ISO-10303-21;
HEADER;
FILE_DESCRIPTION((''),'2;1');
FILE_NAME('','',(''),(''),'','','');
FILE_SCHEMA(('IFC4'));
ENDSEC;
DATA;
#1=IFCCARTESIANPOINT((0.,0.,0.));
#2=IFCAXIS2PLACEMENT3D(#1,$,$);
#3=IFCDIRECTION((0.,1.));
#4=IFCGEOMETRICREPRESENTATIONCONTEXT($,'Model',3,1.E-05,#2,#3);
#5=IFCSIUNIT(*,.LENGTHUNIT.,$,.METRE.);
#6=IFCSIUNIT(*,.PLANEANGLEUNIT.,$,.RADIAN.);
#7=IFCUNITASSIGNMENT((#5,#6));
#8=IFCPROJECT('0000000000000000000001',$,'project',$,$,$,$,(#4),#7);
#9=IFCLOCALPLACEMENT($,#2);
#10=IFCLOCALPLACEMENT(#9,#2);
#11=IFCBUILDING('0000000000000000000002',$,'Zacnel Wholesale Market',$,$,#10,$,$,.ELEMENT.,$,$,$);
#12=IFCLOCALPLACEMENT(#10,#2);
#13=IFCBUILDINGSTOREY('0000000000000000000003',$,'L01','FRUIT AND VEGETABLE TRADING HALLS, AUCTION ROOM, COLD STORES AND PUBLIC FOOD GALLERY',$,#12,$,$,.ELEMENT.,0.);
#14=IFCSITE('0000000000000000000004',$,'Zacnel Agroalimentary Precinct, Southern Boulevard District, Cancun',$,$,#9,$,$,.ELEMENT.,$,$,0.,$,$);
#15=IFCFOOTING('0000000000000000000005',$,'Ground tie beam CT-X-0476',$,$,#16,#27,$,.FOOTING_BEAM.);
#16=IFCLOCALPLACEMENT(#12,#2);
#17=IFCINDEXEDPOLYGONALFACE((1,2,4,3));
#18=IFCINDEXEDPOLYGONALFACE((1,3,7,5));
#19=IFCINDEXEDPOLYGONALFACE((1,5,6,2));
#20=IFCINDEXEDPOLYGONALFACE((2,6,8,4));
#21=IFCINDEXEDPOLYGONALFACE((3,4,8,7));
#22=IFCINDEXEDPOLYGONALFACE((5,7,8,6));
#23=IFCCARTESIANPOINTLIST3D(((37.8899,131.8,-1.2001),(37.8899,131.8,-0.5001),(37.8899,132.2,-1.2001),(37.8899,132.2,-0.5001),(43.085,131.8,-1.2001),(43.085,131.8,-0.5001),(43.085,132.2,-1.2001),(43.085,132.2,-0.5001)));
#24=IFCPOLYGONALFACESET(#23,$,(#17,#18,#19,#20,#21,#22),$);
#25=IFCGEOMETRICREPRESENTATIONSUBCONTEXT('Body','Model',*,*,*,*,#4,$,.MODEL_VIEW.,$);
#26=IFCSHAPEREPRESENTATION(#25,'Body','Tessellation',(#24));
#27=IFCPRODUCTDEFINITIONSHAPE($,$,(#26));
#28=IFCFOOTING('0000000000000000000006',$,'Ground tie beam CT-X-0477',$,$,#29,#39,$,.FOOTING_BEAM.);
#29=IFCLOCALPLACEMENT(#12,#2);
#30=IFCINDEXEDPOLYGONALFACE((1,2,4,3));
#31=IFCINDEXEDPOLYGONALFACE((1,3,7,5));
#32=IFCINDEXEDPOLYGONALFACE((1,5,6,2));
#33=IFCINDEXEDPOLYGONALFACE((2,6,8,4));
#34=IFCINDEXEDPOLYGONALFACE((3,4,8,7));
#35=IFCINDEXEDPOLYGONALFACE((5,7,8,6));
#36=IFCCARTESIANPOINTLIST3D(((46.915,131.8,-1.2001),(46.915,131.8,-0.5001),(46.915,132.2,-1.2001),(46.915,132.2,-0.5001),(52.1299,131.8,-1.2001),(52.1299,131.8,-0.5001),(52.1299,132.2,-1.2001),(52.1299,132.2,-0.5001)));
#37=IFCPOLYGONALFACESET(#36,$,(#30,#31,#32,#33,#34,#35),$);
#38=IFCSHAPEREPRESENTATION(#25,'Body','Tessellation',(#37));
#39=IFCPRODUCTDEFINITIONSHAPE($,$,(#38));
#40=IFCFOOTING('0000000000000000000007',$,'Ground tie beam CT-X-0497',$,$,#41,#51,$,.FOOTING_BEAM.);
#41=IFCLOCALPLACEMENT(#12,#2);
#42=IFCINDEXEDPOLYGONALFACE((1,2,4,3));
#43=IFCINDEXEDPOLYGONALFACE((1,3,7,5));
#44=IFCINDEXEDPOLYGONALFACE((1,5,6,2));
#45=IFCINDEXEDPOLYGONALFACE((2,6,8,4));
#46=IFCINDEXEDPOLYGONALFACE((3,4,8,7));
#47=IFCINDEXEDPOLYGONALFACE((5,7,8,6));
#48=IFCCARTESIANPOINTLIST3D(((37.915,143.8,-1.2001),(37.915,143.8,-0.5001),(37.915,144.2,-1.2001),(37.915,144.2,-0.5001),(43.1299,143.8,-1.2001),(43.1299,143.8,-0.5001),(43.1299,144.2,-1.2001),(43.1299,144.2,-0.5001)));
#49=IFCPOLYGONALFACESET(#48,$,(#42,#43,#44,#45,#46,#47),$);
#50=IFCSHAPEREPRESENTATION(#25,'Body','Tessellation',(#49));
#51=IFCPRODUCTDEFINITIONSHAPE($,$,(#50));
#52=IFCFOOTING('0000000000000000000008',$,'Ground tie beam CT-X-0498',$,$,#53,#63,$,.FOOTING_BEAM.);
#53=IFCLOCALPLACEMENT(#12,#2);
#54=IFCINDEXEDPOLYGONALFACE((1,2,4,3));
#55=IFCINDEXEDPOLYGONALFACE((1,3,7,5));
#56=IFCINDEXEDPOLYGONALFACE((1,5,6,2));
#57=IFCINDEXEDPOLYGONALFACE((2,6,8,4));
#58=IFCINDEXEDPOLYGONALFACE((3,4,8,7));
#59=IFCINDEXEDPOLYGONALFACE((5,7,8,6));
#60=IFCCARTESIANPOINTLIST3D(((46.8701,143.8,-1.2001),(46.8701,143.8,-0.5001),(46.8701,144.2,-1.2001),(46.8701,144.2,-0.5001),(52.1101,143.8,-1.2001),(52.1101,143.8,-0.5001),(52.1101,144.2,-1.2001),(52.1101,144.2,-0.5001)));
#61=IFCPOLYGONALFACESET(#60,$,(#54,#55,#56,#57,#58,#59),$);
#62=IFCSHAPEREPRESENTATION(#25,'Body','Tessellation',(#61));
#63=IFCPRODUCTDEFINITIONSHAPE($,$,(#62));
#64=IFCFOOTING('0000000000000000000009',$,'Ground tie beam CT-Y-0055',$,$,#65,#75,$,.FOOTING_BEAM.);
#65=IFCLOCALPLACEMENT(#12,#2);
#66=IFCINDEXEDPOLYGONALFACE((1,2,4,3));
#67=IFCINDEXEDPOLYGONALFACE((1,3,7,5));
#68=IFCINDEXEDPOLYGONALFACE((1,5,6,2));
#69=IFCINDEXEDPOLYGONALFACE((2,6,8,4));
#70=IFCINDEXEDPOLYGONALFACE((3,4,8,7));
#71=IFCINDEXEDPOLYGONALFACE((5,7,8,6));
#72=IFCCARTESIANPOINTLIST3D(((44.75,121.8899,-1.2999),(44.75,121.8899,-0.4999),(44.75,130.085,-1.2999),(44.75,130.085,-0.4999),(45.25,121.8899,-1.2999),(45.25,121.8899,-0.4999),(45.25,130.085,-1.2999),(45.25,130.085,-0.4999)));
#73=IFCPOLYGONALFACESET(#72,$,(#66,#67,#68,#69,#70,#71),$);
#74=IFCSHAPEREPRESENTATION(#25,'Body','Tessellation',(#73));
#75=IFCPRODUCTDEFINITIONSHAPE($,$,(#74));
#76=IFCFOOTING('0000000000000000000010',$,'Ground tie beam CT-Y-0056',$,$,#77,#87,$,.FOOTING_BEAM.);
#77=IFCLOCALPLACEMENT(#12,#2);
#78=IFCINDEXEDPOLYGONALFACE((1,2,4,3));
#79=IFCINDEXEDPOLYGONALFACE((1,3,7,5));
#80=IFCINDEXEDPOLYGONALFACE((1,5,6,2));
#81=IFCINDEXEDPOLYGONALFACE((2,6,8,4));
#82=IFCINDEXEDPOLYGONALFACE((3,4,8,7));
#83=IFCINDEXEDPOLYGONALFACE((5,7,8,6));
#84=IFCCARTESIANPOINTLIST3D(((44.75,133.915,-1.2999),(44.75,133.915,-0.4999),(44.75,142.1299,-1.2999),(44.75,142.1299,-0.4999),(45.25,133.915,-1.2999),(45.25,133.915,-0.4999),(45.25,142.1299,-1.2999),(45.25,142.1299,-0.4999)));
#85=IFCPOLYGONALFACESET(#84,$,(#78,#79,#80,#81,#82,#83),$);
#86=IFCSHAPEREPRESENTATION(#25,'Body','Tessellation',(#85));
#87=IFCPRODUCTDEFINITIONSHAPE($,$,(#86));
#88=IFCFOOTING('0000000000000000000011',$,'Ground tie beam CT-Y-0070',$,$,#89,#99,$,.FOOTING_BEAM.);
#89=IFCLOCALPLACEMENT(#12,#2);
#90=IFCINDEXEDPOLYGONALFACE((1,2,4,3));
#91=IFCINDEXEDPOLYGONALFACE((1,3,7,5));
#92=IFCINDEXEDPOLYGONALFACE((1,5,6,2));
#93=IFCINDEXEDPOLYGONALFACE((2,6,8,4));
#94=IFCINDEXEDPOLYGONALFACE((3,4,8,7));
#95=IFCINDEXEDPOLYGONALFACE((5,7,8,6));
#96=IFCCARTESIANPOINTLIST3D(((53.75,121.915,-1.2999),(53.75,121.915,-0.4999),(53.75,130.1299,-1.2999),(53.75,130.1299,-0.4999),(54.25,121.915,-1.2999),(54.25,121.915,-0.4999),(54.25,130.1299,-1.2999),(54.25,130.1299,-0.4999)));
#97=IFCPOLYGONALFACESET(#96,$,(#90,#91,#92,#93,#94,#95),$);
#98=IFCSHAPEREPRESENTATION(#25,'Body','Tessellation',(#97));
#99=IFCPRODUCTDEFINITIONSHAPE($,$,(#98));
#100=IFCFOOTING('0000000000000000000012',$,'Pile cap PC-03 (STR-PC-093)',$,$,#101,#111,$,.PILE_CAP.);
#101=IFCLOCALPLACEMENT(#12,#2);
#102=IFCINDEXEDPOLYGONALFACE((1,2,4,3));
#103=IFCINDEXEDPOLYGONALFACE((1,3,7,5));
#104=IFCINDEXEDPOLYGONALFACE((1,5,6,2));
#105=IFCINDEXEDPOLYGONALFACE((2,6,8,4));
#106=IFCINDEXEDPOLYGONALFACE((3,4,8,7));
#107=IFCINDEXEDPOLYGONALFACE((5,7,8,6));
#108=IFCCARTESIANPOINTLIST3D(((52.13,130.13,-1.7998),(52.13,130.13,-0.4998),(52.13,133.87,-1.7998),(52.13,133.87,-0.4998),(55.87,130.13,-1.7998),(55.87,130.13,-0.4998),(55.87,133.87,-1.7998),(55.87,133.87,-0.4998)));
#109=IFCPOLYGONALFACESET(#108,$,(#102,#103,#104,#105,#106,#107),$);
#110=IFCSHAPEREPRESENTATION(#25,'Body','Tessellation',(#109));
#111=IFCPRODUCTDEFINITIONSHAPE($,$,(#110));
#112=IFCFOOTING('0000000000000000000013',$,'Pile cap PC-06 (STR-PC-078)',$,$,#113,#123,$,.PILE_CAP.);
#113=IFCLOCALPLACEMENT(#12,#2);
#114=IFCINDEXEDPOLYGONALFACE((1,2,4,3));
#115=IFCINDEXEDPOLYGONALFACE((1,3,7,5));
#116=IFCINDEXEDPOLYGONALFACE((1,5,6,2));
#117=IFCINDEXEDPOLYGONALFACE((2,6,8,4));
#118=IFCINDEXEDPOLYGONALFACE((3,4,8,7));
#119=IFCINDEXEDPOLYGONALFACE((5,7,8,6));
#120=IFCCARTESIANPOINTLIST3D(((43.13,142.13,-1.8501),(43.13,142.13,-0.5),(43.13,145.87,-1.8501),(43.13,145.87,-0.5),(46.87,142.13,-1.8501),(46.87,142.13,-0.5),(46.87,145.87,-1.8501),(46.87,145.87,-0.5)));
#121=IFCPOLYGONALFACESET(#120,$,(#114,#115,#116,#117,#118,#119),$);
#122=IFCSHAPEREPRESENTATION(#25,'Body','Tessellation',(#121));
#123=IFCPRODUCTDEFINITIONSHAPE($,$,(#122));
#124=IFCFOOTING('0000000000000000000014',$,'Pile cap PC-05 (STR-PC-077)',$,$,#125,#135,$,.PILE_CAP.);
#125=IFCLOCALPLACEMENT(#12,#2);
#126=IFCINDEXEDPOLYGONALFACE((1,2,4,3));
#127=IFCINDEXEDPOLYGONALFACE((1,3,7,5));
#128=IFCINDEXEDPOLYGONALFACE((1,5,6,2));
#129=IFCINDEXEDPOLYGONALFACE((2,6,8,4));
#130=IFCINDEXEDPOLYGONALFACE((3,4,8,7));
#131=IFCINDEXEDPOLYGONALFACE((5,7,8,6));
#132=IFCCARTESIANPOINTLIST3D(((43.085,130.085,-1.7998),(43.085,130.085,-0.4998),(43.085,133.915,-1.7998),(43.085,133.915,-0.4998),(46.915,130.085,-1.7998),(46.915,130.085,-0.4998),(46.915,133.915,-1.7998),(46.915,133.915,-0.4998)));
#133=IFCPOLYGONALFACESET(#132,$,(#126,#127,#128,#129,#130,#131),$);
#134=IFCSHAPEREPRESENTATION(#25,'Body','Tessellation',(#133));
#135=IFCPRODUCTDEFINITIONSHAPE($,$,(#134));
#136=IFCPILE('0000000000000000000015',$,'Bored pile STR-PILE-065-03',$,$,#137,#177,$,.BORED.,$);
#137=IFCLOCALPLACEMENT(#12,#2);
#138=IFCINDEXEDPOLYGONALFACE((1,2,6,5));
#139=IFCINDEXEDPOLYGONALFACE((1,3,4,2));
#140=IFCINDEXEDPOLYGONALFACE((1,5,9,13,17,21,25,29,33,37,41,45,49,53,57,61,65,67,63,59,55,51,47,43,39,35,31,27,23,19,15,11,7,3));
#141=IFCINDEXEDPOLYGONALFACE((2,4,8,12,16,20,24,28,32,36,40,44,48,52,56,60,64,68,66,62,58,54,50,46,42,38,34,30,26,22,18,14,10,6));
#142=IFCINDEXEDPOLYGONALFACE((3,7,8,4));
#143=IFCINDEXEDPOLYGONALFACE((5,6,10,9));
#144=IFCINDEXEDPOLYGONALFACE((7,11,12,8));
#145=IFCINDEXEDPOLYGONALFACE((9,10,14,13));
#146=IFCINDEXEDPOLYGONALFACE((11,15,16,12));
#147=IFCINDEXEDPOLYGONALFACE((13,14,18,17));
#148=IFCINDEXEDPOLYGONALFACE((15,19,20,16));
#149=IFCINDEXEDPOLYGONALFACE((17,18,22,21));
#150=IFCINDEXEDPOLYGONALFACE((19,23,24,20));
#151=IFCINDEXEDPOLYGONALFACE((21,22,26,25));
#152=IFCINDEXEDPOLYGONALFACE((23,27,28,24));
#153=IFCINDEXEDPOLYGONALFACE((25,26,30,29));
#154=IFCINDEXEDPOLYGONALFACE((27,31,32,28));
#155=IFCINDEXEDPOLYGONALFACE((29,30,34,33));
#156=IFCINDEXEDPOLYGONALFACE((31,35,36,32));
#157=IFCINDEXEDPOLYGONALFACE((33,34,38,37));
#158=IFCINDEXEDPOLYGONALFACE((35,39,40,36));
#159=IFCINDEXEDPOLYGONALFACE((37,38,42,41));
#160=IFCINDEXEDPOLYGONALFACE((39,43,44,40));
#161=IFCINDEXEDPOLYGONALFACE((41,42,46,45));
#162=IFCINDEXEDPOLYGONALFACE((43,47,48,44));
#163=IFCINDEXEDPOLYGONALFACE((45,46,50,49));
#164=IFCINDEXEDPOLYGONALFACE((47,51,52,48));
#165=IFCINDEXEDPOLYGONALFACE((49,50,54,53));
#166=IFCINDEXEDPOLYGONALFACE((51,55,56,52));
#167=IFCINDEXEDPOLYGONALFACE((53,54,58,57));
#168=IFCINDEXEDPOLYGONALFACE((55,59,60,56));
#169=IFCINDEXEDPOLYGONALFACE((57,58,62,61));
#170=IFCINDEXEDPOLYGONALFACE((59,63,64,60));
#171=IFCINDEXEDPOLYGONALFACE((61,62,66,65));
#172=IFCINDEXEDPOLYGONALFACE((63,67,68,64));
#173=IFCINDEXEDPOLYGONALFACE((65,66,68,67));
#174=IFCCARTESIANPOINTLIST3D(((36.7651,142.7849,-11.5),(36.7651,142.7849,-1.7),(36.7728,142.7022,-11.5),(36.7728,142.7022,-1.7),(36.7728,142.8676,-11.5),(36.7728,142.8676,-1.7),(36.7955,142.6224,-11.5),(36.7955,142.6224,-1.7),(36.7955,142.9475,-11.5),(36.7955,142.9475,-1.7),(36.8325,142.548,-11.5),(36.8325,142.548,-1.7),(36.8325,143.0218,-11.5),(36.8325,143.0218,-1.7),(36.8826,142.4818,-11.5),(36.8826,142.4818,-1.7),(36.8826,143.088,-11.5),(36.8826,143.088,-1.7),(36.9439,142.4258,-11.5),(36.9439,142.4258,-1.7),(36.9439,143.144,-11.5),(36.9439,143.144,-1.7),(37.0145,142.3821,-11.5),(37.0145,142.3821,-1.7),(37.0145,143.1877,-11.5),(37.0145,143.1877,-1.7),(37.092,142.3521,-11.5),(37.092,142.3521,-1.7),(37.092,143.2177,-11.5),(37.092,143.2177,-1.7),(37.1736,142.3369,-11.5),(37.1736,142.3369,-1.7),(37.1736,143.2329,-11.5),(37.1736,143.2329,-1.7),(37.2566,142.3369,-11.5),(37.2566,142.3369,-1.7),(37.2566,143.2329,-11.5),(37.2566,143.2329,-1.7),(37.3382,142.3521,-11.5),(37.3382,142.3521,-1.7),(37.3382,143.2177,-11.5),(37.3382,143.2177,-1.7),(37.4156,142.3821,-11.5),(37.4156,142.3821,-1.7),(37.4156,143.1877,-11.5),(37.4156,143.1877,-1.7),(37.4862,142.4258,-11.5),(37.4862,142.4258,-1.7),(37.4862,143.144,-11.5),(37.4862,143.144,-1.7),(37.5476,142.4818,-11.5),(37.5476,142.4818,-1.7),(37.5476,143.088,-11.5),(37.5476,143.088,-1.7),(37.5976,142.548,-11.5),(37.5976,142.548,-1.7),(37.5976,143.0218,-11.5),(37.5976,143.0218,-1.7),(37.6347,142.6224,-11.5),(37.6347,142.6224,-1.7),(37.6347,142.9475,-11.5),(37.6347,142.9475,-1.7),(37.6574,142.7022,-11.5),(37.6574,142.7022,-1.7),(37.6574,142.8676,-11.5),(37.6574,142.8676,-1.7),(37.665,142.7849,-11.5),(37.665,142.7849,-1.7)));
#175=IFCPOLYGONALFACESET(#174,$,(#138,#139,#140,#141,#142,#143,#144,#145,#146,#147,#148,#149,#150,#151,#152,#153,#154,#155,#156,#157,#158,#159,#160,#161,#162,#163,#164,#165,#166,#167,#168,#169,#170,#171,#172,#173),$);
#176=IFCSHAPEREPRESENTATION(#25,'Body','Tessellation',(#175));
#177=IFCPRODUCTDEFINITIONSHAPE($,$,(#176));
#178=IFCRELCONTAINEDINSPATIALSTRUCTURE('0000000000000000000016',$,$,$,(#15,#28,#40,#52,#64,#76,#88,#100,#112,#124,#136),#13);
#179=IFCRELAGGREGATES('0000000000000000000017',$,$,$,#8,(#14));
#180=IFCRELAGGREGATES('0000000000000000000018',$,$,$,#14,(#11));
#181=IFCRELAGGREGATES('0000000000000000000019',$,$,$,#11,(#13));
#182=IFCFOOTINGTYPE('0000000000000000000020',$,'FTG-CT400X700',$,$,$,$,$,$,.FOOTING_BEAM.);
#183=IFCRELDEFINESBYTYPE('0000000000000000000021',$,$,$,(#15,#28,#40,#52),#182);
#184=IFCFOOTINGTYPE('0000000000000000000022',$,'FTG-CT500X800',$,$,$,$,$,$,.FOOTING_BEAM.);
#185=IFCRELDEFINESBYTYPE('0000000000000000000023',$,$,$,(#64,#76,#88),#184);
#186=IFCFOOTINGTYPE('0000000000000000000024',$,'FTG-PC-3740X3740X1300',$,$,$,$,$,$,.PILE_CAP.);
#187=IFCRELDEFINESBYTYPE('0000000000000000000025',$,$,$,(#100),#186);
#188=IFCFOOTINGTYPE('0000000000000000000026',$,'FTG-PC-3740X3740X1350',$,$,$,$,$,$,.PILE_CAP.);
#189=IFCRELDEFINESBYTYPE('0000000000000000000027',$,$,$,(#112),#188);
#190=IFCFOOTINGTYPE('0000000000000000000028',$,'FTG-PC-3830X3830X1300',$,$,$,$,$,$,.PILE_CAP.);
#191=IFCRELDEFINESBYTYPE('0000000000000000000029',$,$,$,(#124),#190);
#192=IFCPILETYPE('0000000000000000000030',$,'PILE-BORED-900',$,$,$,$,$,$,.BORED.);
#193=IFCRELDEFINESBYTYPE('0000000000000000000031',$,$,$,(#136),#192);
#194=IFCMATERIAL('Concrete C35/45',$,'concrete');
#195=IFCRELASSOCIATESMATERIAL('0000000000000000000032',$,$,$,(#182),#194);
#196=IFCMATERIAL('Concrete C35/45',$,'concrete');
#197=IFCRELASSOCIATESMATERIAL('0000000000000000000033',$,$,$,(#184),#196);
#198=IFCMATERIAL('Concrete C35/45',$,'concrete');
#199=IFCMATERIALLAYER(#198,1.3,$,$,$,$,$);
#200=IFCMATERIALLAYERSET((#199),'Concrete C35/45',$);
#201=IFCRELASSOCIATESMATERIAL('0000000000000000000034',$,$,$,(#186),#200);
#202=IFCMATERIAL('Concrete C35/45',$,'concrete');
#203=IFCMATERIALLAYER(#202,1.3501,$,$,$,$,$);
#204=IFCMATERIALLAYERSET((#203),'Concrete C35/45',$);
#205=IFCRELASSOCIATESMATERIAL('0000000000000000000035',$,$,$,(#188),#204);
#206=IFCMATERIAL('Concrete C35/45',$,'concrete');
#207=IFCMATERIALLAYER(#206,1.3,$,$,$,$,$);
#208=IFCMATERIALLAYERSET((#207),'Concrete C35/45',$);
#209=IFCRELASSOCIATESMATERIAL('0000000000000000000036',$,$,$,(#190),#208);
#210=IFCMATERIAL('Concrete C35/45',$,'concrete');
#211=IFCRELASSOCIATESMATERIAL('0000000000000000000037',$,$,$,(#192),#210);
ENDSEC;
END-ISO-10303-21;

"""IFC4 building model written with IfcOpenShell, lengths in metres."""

from ifc_helpers import new_model, si_unit, direction, frame, origin, origin_2d, place, context, subcontext, project, spatial, rectangle, circle, extrude, material, layer, layer_set, material_profile, profile_set, type_object, element, save


model = new_model("IFC4")

# Units and contexts
model_context = context("Model", 3, precision=1e-05, world=origin(), true_north=direction((0.0, 1.0)))
body_context = subcontext(model_context, "Body", "Model", "MODEL_VIEW")
ifc_project = project(units=[si_unit("LENGTHUNIT", "METRE"), si_unit("PLANEANGLEUNIT", "RADIAN")], contexts=[model_context])

# Site, building, storey
site_placement = place(None, origin())
site = spatial("IfcSite", under=ifc_project, at=site_placement, Name="Zacnel Agroalimentary Precinct, Southern Boulevard District, Cancun", CompositionType="ELEMENT", RefElevation=0.0)
building_placement = place(site_placement, origin())
building = spatial("IfcBuilding", under=site, at=building_placement, Name="Zacnel Wholesale Market", CompositionType="ELEMENT")
storey_placement = place(building_placement, origin())
storey = spatial("IfcBuildingStorey", under=building, at=storey_placement, Name="L01", Description="FRUIT AND VEGETABLE TRADING HALLS, AUCTION ROOM, COLD STORES AND PUBLIC FOOD GALLERY", CompositionType="ELEMENT", Elevation=0.0)

# Footings
ifc_material_1 = material(Name="Concrete C35/45", Category="concrete")
ifc_material_profile_1 = material_profile(ifc_material_1, rectangle(XDim=0.3999, YDim=0.7, at=origin_2d()), Name="CT 400x700")
ifc_profile_set_1 = profile_set([ifc_material_profile_1], Name="Concrete C35/45")
footing_type_1 = type_object("IfcFootingType", Name="FTG-CT400X700", PredefinedType="FOOTING_BEAM", material=ifc_profile_set_1)
footing_1_placement = place(storey_placement, frame((37.8899, 132.0, -0.8501), z_axis=(1.0, 0.0, 0.0), x_axis=(0.0, 1.0, 0.0)))
element("IfcFooting", 1, at=footing_1_placement, inside=storey, type_object=footing_type_1, Name="Ground tie beam CT-X-0476", PredefinedType="FOOTING_BEAM", context=body_context, shape_type="SweptSolid", body=[
    extrude(rectangle(XDim=0.3999, YDim=0.7, at=origin_2d()), origin(), (0.0, 0.0, 1.0), 5.1951),
])
for number, where, z_axis, x_axis, name in (
    (2, (46.915, 132.0, -0.8501), (1.0, 0.0, 0.0), (0.0, 1.0, 0.0), "Ground tie beam CT-X-0477"),
    (3, (37.915, 144.0, -0.8501), (1.0, 0.0, 0.0), (0.0, 1.0, 0.0), "Ground tie beam CT-X-0497"),
):
    element("IfcFooting", number, at=place(storey_placement, frame(where, z_axis=z_axis, x_axis=x_axis)), inside=storey, type_object=footing_type_1, Name=name, PredefinedType="FOOTING_BEAM", context=body_context, shape_type="SweptSolid", body=[
        extrude(rectangle(XDim=0.3999, YDim=0.7, at=origin_2d()), origin(), (0.0, 0.0, 1.0), 5.2148),
    ])
footing_2_placement = place(storey_placement, frame((46.8701, 144.0, -0.8501), z_axis=(1.0, 0.0, 0.0), x_axis=(0.0, 1.0, 0.0)))
element("IfcFooting", 4, at=footing_2_placement, inside=storey, type_object=footing_type_1, Name="Ground tie beam CT-X-0498", PredefinedType="FOOTING_BEAM", context=body_context, shape_type="SweptSolid", body=[
    extrude(rectangle(XDim=0.3999, YDim=0.7, at=origin_2d()), origin(), (0.0, 0.0, 1.0), 5.24),
])
ifc_material_2 = material(Name="Concrete C35/45", Category="concrete")
ifc_material_profile_2 = material_profile(ifc_material_2, rectangle(XDim=0.5, YDim=0.8, at=origin_2d()), Name="CT 500x800")
ifc_profile_set_2 = profile_set([ifc_material_profile_2], Name="Concrete C35/45")
footing_type_2 = type_object("IfcFootingType", Name="FTG-CT500X800", PredefinedType="FOOTING_BEAM", material=ifc_profile_set_2)
footing_3_placement = place(storey_placement, frame((45.0, 121.8899, -0.8999), z_axis=(0.0, 1.0, 0.0), x_axis=(-1.0, 0.0, 0.0)))
element("IfcFooting", 5, at=footing_3_placement, inside=storey, type_object=footing_type_2, Name="Ground tie beam CT-Y-0055", PredefinedType="FOOTING_BEAM", context=body_context, shape_type="SweptSolid", body=[
    extrude(rectangle(XDim=0.5, YDim=0.8, at=origin_2d()), origin(), (0.0, 0.0, 1.0), 8.1951),
])
for number, where, z_axis, x_axis, name in (
    (6, (45.0, 133.915, -0.8999), (0.0, 1.0, 0.0), (-1.0, 0.0, 0.0), "Ground tie beam CT-Y-0056"),
    (7, (54.0, 121.915, -0.8999), (0.0, 1.0, 0.0), (-1.0, 0.0, 0.0), "Ground tie beam CT-Y-0070"),
):
    element("IfcFooting", number, at=place(storey_placement, frame(where, z_axis=z_axis, x_axis=x_axis)), inside=storey, type_object=footing_type_2, Name=name, PredefinedType="FOOTING_BEAM", context=body_context, shape_type="SweptSolid", body=[
        extrude(rectangle(XDim=0.5, YDim=0.8, at=origin_2d()), origin(), (0.0, 0.0, 1.0), 8.2148),
    ])
ifc_material_3 = material(Name="Concrete C35/45", Category="concrete")
ifc_layer_1 = layer(ifc_material_3, 1.3)
ifc_layer_set_1 = layer_set([ifc_layer_1], Name="Concrete C35/45")
footing_type_3 = type_object("IfcFootingType", Name="FTG-PC-3740X3740X1300", PredefinedType="PILE_CAP", material=ifc_layer_set_1)
footing_4_placement = place(storey_placement, frame((54.0, 132.0, -1.7998), z_axis=(0.0, 0.0, 1.0), x_axis=(1.0, 0.0, 0.0)))
element("IfcFooting", 8, at=footing_4_placement, inside=storey, type_object=footing_type_3, Name="Pile cap PC-03 (STR-PC-093)", PredefinedType="PILE_CAP", context=body_context, shape_type="SweptSolid", body=[
    extrude(rectangle(XDim=3.74, YDim=3.74, at=origin_2d()), origin(), (0.0, 0.0, 1.0), 1.3),
])
ifc_material_4 = material(Name="Concrete C35/45", Category="concrete")
ifc_layer_2 = layer(ifc_material_4, 1.3501)
ifc_layer_set_2 = layer_set([ifc_layer_2], Name="Concrete C35/45")
footing_type_4 = type_object("IfcFootingType", Name="FTG-PC-3740X3740X1350", PredefinedType="PILE_CAP", material=ifc_layer_set_2)
footing_5_placement = place(storey_placement, frame((45.0, 144.0, -1.8501), z_axis=(0.0, 0.0, 1.0), x_axis=(1.0, 0.0, 0.0)))
element("IfcFooting", 9, at=footing_5_placement, inside=storey, type_object=footing_type_4, Name="Pile cap PC-06 (STR-PC-078)", PredefinedType="PILE_CAP", context=body_context, shape_type="SweptSolid", body=[
    extrude(rectangle(XDim=3.74, YDim=3.74, at=origin_2d()), origin(), (0.0, 0.0, 1.0), 1.3501),
])
ifc_material_5 = material(Name="Concrete C35/45", Category="concrete")
ifc_layer_3 = layer(ifc_material_5, 1.3)
ifc_layer_set_3 = layer_set([ifc_layer_3], Name="Concrete C35/45")
footing_type_5 = type_object("IfcFootingType", Name="FTG-PC-3830X3830X1300", PredefinedType="PILE_CAP", material=ifc_layer_set_3)
footing_6_placement = place(storey_placement, frame((45.0, 132.0, -1.7998), z_axis=(0.0, 0.0, 1.0), x_axis=(1.0, 0.0, 0.0)))
element("IfcFooting", 10, at=footing_6_placement, inside=storey, type_object=footing_type_5, Name="Pile cap PC-05 (STR-PC-077)", PredefinedType="PILE_CAP", context=body_context, shape_type="SweptSolid", body=[
    extrude(rectangle(XDim=3.8301, YDim=3.8301, at=origin_2d()), origin(), (0.0, 0.0, 1.0), 1.3),
])

# Pile
ifc_material_6 = material(Name="Concrete C35/45", Category="concrete")
ifc_material_profile_3 = material_profile(ifc_material_6, circle(Radius=0.45, at=origin_2d()), Name="BORED PILE D900")
ifc_profile_set_3 = profile_set([ifc_material_profile_3], Name="Concrete C35/45")
pile_type = type_object("IfcPileType", Name="PILE-BORED-900", PredefinedType="BORED", material=ifc_profile_set_3)
for number, where, z_axis, x_axis, name in (
    (11, (37.2151, 142.7849, -1.7), (0.0, 0.0, -1.0), (1.0, 0.0, 0.0), "Bored pile STR-PILE-065-03"),
):
    element("IfcPile", number, at=place(storey_placement, frame(where, z_axis=z_axis, x_axis=x_axis)), inside=storey, type_object=pile_type, Name=name, PredefinedType="BORED", context=body_context, shape_type="SweptSolid", body=[
        extrude(circle(Radius=0.45, at=origin_2d()), origin(), (0.0, 0.0, 1.0), 9.8),
    ])

save(model, "model.ifc")
